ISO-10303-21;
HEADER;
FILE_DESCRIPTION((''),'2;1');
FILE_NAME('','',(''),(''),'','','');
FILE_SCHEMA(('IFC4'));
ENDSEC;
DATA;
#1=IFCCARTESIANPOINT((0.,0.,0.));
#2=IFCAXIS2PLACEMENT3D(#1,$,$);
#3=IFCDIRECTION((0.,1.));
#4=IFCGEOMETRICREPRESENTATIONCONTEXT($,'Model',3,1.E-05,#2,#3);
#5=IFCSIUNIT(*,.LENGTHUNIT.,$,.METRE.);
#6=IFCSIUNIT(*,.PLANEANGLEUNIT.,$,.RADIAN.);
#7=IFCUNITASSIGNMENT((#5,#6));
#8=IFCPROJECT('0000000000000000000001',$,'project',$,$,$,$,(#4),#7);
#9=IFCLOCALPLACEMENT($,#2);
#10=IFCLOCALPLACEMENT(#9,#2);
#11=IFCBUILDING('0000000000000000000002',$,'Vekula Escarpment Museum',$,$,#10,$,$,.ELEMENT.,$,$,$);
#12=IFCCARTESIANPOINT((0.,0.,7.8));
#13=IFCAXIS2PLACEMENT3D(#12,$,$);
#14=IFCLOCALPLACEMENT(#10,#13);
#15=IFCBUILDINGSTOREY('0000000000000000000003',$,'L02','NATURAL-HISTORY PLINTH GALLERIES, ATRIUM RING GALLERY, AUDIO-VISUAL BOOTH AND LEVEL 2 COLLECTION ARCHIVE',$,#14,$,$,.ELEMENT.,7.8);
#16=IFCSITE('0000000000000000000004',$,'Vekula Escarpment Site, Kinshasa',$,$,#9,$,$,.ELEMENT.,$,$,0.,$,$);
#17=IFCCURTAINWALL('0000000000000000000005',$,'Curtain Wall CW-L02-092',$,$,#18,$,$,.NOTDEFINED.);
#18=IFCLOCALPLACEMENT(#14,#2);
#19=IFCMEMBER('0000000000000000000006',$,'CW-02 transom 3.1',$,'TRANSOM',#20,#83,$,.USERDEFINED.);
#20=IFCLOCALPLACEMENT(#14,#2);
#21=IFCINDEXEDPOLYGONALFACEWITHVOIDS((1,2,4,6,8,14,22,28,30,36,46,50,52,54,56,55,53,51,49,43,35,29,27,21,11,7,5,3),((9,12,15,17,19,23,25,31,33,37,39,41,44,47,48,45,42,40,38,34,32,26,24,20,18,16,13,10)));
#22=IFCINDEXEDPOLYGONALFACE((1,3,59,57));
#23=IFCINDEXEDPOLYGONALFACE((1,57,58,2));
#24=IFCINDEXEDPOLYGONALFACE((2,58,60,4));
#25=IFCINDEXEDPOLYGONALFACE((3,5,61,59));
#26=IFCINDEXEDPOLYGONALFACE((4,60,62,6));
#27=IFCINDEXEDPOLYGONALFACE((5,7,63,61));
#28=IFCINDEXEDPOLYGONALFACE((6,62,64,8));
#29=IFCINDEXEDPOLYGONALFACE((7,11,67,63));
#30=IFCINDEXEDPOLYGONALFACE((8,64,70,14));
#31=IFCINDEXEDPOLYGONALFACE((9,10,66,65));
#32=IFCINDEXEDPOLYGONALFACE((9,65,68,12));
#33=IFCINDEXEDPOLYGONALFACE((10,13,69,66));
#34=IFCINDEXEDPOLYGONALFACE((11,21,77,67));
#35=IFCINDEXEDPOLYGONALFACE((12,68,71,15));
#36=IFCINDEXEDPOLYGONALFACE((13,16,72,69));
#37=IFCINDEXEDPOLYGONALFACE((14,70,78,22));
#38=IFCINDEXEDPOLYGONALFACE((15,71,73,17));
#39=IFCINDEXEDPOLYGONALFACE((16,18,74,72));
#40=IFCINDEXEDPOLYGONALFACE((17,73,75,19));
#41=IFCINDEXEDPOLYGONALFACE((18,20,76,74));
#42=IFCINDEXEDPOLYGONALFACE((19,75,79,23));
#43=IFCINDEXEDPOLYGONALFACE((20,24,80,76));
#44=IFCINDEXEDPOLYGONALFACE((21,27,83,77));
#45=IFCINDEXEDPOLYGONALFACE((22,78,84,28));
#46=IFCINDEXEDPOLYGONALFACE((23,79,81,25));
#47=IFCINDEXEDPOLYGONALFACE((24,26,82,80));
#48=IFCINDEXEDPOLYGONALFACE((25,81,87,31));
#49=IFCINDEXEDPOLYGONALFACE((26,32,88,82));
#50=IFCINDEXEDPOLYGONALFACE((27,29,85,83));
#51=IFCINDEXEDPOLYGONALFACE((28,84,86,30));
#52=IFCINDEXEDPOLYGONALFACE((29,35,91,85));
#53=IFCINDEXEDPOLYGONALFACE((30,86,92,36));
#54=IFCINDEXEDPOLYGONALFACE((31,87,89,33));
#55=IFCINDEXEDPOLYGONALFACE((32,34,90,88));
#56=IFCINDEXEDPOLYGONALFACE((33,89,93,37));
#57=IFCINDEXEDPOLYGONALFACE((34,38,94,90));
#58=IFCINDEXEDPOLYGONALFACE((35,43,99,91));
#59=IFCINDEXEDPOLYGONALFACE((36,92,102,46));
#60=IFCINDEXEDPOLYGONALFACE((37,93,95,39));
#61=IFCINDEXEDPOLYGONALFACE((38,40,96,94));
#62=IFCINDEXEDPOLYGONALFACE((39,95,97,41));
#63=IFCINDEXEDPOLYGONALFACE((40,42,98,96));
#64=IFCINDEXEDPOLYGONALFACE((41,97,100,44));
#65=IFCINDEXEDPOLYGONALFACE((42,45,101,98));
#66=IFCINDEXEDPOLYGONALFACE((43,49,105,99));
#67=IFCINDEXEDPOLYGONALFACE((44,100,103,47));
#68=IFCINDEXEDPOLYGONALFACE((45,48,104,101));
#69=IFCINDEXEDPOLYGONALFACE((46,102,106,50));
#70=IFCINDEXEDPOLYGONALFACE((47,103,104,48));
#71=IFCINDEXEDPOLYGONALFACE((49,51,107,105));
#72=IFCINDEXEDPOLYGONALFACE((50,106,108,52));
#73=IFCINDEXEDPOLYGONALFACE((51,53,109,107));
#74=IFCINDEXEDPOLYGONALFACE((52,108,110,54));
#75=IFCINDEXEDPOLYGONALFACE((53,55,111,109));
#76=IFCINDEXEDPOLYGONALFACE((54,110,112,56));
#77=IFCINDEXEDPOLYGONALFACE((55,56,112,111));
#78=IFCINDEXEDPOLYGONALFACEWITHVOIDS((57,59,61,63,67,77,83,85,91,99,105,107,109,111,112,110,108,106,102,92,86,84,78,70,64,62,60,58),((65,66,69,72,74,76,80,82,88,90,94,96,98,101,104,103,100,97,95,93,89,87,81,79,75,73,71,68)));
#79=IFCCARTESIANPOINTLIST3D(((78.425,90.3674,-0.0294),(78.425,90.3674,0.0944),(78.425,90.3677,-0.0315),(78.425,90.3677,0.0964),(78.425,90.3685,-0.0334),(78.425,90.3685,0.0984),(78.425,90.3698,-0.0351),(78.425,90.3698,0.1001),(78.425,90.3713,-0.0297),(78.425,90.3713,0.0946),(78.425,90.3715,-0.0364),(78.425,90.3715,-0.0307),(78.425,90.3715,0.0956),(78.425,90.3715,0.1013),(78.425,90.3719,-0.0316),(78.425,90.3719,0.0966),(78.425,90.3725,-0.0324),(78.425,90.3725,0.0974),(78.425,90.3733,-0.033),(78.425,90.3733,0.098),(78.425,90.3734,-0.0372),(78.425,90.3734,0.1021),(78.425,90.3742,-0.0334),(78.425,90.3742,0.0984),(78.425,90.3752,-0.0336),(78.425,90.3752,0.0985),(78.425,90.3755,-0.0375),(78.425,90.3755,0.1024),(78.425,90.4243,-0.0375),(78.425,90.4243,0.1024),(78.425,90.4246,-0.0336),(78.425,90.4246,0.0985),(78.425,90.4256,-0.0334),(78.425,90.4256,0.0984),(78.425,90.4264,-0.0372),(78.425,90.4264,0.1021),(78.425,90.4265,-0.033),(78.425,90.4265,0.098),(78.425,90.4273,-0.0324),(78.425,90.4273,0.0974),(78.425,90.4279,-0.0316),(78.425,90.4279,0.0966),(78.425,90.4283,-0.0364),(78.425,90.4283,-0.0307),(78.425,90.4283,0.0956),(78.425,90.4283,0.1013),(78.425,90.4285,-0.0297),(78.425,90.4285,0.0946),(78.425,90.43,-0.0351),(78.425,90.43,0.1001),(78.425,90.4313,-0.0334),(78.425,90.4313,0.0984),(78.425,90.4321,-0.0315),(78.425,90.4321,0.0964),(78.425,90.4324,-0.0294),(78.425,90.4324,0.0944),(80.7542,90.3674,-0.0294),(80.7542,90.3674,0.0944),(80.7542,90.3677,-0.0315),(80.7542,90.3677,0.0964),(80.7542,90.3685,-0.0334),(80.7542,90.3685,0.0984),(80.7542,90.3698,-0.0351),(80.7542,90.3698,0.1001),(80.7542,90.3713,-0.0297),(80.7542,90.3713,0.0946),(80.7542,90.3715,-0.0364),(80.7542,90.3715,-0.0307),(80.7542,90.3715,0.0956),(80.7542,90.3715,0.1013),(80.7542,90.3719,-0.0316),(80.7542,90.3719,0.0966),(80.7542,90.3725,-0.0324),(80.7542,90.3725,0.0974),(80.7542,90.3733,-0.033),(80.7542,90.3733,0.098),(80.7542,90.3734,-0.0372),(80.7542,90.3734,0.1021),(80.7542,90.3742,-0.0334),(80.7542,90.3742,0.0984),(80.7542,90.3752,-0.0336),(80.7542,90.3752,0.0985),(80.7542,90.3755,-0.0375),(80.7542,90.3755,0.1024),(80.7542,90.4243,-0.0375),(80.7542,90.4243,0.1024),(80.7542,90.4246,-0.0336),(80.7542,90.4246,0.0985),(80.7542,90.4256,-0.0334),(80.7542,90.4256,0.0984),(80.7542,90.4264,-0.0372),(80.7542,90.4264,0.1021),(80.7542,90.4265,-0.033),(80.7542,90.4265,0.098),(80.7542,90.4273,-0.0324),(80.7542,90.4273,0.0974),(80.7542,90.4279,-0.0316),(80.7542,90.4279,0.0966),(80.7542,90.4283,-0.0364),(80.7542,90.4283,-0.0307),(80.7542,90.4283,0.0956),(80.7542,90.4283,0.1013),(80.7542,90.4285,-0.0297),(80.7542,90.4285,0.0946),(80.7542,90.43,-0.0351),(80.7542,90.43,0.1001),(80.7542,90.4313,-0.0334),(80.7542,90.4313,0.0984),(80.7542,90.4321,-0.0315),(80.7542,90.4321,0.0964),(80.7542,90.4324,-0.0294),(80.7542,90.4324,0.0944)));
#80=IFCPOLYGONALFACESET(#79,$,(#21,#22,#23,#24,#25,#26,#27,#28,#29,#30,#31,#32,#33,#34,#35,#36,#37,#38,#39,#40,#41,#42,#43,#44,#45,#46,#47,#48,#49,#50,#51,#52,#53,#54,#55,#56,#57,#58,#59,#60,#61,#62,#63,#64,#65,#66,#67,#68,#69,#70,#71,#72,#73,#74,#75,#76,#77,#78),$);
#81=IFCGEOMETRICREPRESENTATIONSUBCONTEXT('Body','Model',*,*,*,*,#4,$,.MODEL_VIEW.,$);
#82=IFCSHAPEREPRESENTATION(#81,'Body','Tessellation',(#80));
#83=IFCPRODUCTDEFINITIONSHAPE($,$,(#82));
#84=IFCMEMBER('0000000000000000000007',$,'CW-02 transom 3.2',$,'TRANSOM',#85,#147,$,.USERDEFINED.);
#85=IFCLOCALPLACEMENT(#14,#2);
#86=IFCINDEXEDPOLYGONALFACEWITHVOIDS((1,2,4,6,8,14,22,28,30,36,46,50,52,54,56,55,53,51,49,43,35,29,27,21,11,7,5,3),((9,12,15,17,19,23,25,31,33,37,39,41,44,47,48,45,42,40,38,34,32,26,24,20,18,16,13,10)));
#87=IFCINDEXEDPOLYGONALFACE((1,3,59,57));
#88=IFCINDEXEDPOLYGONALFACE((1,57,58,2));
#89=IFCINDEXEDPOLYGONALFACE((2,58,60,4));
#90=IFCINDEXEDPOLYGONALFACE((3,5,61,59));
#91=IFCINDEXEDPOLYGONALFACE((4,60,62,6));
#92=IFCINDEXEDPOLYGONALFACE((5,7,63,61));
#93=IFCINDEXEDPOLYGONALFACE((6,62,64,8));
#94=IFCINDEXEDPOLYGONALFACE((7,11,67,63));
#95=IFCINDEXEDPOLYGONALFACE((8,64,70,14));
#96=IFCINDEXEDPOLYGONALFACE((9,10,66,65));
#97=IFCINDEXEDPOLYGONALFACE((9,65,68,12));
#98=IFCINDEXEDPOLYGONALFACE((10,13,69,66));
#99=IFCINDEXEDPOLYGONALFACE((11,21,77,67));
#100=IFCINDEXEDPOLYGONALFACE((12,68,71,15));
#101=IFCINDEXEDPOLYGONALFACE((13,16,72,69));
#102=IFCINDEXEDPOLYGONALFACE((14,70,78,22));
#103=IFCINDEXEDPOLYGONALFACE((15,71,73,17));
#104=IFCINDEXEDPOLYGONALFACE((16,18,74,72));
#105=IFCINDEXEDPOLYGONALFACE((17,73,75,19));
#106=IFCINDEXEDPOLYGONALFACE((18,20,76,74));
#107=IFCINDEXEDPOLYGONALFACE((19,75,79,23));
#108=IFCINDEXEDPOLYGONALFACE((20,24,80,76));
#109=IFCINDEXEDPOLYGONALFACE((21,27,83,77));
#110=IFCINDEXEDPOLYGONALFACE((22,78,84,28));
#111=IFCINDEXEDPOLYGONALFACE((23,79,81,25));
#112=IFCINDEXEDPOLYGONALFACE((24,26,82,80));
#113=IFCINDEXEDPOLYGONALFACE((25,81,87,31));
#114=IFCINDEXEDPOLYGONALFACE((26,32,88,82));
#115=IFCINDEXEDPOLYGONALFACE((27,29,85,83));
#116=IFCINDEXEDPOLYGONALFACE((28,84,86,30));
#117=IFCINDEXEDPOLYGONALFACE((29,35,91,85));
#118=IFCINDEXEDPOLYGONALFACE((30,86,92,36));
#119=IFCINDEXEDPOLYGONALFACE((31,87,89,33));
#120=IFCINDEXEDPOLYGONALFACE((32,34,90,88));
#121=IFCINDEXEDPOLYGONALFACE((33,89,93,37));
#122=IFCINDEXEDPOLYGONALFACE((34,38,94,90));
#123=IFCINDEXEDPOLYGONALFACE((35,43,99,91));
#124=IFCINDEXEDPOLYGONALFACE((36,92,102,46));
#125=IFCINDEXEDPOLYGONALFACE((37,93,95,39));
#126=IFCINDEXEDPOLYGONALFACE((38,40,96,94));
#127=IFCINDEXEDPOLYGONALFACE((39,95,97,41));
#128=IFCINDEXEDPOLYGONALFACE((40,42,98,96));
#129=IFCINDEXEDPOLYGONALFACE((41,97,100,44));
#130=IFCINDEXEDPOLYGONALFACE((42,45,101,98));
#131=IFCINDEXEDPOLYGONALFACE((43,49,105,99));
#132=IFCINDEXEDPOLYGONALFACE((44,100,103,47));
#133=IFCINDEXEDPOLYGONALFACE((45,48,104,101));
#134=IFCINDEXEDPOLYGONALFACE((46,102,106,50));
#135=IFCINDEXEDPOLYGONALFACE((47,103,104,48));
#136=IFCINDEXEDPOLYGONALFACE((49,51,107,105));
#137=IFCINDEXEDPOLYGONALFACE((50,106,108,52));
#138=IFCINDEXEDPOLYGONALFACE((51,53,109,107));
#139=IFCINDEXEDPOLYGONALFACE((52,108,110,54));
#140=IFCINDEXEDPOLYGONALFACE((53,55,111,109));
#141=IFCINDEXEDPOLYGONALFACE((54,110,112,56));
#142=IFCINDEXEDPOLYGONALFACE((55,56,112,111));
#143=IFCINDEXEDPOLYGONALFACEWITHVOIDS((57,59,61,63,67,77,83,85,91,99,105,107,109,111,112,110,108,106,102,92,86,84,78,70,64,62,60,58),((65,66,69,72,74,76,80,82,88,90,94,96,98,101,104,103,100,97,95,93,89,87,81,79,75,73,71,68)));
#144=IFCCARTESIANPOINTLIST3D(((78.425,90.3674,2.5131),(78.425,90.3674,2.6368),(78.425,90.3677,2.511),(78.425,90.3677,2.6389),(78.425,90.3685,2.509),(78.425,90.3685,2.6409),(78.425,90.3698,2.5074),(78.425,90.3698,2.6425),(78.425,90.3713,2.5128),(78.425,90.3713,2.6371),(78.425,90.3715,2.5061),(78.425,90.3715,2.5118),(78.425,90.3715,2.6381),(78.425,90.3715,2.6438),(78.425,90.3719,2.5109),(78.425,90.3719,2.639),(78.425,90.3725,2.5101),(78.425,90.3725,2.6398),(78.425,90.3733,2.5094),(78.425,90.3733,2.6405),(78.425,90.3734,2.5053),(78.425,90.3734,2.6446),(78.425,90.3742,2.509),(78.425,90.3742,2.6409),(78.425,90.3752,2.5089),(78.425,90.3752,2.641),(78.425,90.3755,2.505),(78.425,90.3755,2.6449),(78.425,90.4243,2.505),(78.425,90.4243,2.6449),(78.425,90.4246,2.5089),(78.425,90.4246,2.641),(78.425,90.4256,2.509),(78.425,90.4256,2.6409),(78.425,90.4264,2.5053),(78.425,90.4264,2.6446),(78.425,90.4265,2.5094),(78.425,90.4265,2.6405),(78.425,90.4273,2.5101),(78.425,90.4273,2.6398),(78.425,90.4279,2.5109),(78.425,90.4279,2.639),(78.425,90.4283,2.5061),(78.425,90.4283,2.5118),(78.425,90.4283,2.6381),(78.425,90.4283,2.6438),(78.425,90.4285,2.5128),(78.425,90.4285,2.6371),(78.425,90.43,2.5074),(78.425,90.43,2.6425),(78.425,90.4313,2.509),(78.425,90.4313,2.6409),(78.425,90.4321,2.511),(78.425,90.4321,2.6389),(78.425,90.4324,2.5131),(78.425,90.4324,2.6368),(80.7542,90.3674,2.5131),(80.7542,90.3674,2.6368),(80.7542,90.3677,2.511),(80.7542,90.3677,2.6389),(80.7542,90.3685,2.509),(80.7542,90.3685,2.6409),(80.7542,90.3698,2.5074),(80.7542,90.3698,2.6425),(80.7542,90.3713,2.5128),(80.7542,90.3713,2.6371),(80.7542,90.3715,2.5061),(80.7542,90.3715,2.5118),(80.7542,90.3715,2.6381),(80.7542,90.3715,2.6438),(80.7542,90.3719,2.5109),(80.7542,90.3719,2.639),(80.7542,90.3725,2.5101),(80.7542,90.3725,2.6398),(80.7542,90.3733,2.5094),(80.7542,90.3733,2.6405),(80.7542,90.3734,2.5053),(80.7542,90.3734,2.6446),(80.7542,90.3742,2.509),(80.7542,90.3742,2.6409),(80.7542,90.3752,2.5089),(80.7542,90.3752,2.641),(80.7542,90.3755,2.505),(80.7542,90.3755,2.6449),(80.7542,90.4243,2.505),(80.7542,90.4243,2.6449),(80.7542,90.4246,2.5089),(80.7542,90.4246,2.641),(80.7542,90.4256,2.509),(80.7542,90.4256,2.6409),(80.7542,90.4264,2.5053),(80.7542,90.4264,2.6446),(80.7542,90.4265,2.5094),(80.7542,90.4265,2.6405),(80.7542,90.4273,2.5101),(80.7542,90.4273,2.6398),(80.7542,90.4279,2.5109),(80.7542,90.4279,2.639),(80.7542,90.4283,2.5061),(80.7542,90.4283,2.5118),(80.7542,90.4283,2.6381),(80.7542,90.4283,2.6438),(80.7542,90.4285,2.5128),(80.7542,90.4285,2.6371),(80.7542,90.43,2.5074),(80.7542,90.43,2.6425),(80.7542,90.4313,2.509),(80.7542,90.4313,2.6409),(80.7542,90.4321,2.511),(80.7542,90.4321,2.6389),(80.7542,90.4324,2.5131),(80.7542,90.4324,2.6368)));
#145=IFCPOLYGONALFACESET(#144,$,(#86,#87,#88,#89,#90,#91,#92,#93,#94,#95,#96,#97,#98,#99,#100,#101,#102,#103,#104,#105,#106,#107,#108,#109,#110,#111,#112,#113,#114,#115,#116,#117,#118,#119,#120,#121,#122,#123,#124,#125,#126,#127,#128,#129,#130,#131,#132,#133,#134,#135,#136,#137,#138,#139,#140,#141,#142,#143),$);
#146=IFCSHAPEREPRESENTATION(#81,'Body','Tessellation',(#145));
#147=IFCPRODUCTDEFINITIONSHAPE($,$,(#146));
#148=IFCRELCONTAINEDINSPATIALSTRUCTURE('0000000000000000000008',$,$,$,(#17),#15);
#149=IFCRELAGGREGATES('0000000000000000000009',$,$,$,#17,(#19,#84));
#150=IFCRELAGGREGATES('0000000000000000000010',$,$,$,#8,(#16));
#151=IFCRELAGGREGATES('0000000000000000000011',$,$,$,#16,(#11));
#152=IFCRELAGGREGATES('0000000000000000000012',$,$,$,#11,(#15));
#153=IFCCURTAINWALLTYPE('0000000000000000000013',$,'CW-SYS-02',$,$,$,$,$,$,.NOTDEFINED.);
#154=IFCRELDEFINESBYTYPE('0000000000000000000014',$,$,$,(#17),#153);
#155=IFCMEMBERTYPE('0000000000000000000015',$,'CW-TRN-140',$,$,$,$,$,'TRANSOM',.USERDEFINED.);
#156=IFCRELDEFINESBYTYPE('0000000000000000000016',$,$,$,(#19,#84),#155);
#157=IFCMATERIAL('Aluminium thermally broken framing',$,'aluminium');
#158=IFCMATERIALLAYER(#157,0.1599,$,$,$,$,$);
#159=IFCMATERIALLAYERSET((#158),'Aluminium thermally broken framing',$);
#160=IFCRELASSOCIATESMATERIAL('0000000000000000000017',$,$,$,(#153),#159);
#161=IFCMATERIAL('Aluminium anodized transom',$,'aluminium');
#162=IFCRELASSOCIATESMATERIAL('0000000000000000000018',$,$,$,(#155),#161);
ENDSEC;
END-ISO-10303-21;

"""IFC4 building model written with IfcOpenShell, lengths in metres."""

from ifc_helpers import new_model, si_unit, direction, frame, origin, origin_2d, place, context, subcontext, project, spatial, hollow_rectangle, extrude, material, layer, layer_set, material_profile, profile_set, type_object, element, aggregate, save


model = new_model("IFC4")

# Units and contexts
model_context = context("Model", 3, precision=1e-05, world=origin(), true_north=direction((0.0, 1.0)))
body_context = subcontext(model_context, "Body", "Model", "MODEL_VIEW")
ifc_project = project(units=[si_unit("LENGTHUNIT", "METRE"), si_unit("PLANEANGLEUNIT", "RADIAN")], contexts=[model_context])

# Site, building, storey
site_placement = place(None, origin())
site = spatial("IfcSite", under=ifc_project, at=site_placement, Name="Vekula Escarpment Site, Kinshasa", CompositionType="ELEMENT", RefElevation=0.0)
building_placement = place(site_placement, origin())
building = spatial("IfcBuilding", under=site, at=building_placement, Name="Vekula Escarpment Museum", CompositionType="ELEMENT")
storey_placement = place(building_placement, frame((0.0, 0.0, 7.8)))
storey = spatial("IfcBuildingStorey", under=building, at=storey_placement, Name="L02", Description="NATURAL-HISTORY PLINTH GALLERIES, ATRIUM RING GALLERY, AUDIO-VISUAL BOOTH AND LEVEL 2 COLLECTION ARCHIVE", CompositionType="ELEMENT", Elevation=7.8)

# Curtain wall
ifc_material_1 = material(Name="Aluminium thermally broken framing", Category="aluminium")
ifc_layer_1 = layer(ifc_material_1, 0.1599)
ifc_layer_set_1 = layer_set([ifc_layer_1], Name="Aluminium thermally broken framing")
curtain_wall_type_1 = type_object("IfcCurtainWallType", Name="CW-SYS-02", PredefinedType="NOTDEFINED", material=ifc_layer_set_1)
curtain_wall_1_placement = place(storey_placement, origin())
curtain_wall_1 = element("IfcCurtainWall", 1, at=curtain_wall_1_placement, inside=storey, type_object=curtain_wall_type_1, Name="Curtain Wall CW-L02-092", PredefinedType="NOTDEFINED")

# Members
ifc_material_2 = material(Name="Aluminium anodized transom", Category="aluminium")
ifc_material_profile_1 = material_profile(ifc_material_2, hollow_rectangle(XDim=0.0649, YDim=0.1399, WallThickness=0.0039, InnerFilletRadius=0.0039, OuterFilletRadius=0.0081, at=origin_2d()), Name="ALU 140x65x4")
ifc_profile_set_1 = profile_set([ifc_material_profile_1], Name="Aluminium anodized transom")
member_type_1 = type_object("IfcMemberType", Name="CW-TRN-140", ElementType="TRANSOM", PredefinedType="USERDEFINED", material=ifc_profile_set_1)
member_1_placement = place(storey_placement, frame((80.7542, 90.3999, 0.0325), z_axis=(-1.0, 0.0, 0.0), x_axis=(0.0, -1.0, 0.0)))
member_1 = element("IfcMember", 2, at=member_1_placement, type_object=member_type_1, Name="CW-02 transom 3.1", ObjectType="TRANSOM", PredefinedType="USERDEFINED", context=body_context, shape_type="SweptSolid", body=[
    extrude(hollow_rectangle(XDim=0.0649, YDim=0.1399, WallThickness=0.0039, InnerFilletRadius=0.0039, OuterFilletRadius=0.0081, at=origin_2d()), origin(), (0.0, 0.0, 1.0), 2.3291),
])
member_2_placement = place(storey_placement, frame((80.7542, 90.3999, 2.575), z_axis=(-1.0, 0.0, 0.0), x_axis=(0.0, -1.0, 0.0)))
member_2 = element("IfcMember", 3, at=member_2_placement, type_object=member_type_1, Name="CW-02 transom 3.2", ObjectType="TRANSOM", PredefinedType="USERDEFINED", context=body_context, shape_type="SweptSolid", body=[
    extrude(hollow_rectangle(XDim=0.0649, YDim=0.1399, WallThickness=0.0039, InnerFilletRadius=0.0039, OuterFilletRadius=0.0081, at=origin_2d()), origin(), (0.0, 0.0, 1.0), 2.3291),
])

aggregate(curtain_wall_1, [member_1, member_2])

save(model, "model.ifc")
